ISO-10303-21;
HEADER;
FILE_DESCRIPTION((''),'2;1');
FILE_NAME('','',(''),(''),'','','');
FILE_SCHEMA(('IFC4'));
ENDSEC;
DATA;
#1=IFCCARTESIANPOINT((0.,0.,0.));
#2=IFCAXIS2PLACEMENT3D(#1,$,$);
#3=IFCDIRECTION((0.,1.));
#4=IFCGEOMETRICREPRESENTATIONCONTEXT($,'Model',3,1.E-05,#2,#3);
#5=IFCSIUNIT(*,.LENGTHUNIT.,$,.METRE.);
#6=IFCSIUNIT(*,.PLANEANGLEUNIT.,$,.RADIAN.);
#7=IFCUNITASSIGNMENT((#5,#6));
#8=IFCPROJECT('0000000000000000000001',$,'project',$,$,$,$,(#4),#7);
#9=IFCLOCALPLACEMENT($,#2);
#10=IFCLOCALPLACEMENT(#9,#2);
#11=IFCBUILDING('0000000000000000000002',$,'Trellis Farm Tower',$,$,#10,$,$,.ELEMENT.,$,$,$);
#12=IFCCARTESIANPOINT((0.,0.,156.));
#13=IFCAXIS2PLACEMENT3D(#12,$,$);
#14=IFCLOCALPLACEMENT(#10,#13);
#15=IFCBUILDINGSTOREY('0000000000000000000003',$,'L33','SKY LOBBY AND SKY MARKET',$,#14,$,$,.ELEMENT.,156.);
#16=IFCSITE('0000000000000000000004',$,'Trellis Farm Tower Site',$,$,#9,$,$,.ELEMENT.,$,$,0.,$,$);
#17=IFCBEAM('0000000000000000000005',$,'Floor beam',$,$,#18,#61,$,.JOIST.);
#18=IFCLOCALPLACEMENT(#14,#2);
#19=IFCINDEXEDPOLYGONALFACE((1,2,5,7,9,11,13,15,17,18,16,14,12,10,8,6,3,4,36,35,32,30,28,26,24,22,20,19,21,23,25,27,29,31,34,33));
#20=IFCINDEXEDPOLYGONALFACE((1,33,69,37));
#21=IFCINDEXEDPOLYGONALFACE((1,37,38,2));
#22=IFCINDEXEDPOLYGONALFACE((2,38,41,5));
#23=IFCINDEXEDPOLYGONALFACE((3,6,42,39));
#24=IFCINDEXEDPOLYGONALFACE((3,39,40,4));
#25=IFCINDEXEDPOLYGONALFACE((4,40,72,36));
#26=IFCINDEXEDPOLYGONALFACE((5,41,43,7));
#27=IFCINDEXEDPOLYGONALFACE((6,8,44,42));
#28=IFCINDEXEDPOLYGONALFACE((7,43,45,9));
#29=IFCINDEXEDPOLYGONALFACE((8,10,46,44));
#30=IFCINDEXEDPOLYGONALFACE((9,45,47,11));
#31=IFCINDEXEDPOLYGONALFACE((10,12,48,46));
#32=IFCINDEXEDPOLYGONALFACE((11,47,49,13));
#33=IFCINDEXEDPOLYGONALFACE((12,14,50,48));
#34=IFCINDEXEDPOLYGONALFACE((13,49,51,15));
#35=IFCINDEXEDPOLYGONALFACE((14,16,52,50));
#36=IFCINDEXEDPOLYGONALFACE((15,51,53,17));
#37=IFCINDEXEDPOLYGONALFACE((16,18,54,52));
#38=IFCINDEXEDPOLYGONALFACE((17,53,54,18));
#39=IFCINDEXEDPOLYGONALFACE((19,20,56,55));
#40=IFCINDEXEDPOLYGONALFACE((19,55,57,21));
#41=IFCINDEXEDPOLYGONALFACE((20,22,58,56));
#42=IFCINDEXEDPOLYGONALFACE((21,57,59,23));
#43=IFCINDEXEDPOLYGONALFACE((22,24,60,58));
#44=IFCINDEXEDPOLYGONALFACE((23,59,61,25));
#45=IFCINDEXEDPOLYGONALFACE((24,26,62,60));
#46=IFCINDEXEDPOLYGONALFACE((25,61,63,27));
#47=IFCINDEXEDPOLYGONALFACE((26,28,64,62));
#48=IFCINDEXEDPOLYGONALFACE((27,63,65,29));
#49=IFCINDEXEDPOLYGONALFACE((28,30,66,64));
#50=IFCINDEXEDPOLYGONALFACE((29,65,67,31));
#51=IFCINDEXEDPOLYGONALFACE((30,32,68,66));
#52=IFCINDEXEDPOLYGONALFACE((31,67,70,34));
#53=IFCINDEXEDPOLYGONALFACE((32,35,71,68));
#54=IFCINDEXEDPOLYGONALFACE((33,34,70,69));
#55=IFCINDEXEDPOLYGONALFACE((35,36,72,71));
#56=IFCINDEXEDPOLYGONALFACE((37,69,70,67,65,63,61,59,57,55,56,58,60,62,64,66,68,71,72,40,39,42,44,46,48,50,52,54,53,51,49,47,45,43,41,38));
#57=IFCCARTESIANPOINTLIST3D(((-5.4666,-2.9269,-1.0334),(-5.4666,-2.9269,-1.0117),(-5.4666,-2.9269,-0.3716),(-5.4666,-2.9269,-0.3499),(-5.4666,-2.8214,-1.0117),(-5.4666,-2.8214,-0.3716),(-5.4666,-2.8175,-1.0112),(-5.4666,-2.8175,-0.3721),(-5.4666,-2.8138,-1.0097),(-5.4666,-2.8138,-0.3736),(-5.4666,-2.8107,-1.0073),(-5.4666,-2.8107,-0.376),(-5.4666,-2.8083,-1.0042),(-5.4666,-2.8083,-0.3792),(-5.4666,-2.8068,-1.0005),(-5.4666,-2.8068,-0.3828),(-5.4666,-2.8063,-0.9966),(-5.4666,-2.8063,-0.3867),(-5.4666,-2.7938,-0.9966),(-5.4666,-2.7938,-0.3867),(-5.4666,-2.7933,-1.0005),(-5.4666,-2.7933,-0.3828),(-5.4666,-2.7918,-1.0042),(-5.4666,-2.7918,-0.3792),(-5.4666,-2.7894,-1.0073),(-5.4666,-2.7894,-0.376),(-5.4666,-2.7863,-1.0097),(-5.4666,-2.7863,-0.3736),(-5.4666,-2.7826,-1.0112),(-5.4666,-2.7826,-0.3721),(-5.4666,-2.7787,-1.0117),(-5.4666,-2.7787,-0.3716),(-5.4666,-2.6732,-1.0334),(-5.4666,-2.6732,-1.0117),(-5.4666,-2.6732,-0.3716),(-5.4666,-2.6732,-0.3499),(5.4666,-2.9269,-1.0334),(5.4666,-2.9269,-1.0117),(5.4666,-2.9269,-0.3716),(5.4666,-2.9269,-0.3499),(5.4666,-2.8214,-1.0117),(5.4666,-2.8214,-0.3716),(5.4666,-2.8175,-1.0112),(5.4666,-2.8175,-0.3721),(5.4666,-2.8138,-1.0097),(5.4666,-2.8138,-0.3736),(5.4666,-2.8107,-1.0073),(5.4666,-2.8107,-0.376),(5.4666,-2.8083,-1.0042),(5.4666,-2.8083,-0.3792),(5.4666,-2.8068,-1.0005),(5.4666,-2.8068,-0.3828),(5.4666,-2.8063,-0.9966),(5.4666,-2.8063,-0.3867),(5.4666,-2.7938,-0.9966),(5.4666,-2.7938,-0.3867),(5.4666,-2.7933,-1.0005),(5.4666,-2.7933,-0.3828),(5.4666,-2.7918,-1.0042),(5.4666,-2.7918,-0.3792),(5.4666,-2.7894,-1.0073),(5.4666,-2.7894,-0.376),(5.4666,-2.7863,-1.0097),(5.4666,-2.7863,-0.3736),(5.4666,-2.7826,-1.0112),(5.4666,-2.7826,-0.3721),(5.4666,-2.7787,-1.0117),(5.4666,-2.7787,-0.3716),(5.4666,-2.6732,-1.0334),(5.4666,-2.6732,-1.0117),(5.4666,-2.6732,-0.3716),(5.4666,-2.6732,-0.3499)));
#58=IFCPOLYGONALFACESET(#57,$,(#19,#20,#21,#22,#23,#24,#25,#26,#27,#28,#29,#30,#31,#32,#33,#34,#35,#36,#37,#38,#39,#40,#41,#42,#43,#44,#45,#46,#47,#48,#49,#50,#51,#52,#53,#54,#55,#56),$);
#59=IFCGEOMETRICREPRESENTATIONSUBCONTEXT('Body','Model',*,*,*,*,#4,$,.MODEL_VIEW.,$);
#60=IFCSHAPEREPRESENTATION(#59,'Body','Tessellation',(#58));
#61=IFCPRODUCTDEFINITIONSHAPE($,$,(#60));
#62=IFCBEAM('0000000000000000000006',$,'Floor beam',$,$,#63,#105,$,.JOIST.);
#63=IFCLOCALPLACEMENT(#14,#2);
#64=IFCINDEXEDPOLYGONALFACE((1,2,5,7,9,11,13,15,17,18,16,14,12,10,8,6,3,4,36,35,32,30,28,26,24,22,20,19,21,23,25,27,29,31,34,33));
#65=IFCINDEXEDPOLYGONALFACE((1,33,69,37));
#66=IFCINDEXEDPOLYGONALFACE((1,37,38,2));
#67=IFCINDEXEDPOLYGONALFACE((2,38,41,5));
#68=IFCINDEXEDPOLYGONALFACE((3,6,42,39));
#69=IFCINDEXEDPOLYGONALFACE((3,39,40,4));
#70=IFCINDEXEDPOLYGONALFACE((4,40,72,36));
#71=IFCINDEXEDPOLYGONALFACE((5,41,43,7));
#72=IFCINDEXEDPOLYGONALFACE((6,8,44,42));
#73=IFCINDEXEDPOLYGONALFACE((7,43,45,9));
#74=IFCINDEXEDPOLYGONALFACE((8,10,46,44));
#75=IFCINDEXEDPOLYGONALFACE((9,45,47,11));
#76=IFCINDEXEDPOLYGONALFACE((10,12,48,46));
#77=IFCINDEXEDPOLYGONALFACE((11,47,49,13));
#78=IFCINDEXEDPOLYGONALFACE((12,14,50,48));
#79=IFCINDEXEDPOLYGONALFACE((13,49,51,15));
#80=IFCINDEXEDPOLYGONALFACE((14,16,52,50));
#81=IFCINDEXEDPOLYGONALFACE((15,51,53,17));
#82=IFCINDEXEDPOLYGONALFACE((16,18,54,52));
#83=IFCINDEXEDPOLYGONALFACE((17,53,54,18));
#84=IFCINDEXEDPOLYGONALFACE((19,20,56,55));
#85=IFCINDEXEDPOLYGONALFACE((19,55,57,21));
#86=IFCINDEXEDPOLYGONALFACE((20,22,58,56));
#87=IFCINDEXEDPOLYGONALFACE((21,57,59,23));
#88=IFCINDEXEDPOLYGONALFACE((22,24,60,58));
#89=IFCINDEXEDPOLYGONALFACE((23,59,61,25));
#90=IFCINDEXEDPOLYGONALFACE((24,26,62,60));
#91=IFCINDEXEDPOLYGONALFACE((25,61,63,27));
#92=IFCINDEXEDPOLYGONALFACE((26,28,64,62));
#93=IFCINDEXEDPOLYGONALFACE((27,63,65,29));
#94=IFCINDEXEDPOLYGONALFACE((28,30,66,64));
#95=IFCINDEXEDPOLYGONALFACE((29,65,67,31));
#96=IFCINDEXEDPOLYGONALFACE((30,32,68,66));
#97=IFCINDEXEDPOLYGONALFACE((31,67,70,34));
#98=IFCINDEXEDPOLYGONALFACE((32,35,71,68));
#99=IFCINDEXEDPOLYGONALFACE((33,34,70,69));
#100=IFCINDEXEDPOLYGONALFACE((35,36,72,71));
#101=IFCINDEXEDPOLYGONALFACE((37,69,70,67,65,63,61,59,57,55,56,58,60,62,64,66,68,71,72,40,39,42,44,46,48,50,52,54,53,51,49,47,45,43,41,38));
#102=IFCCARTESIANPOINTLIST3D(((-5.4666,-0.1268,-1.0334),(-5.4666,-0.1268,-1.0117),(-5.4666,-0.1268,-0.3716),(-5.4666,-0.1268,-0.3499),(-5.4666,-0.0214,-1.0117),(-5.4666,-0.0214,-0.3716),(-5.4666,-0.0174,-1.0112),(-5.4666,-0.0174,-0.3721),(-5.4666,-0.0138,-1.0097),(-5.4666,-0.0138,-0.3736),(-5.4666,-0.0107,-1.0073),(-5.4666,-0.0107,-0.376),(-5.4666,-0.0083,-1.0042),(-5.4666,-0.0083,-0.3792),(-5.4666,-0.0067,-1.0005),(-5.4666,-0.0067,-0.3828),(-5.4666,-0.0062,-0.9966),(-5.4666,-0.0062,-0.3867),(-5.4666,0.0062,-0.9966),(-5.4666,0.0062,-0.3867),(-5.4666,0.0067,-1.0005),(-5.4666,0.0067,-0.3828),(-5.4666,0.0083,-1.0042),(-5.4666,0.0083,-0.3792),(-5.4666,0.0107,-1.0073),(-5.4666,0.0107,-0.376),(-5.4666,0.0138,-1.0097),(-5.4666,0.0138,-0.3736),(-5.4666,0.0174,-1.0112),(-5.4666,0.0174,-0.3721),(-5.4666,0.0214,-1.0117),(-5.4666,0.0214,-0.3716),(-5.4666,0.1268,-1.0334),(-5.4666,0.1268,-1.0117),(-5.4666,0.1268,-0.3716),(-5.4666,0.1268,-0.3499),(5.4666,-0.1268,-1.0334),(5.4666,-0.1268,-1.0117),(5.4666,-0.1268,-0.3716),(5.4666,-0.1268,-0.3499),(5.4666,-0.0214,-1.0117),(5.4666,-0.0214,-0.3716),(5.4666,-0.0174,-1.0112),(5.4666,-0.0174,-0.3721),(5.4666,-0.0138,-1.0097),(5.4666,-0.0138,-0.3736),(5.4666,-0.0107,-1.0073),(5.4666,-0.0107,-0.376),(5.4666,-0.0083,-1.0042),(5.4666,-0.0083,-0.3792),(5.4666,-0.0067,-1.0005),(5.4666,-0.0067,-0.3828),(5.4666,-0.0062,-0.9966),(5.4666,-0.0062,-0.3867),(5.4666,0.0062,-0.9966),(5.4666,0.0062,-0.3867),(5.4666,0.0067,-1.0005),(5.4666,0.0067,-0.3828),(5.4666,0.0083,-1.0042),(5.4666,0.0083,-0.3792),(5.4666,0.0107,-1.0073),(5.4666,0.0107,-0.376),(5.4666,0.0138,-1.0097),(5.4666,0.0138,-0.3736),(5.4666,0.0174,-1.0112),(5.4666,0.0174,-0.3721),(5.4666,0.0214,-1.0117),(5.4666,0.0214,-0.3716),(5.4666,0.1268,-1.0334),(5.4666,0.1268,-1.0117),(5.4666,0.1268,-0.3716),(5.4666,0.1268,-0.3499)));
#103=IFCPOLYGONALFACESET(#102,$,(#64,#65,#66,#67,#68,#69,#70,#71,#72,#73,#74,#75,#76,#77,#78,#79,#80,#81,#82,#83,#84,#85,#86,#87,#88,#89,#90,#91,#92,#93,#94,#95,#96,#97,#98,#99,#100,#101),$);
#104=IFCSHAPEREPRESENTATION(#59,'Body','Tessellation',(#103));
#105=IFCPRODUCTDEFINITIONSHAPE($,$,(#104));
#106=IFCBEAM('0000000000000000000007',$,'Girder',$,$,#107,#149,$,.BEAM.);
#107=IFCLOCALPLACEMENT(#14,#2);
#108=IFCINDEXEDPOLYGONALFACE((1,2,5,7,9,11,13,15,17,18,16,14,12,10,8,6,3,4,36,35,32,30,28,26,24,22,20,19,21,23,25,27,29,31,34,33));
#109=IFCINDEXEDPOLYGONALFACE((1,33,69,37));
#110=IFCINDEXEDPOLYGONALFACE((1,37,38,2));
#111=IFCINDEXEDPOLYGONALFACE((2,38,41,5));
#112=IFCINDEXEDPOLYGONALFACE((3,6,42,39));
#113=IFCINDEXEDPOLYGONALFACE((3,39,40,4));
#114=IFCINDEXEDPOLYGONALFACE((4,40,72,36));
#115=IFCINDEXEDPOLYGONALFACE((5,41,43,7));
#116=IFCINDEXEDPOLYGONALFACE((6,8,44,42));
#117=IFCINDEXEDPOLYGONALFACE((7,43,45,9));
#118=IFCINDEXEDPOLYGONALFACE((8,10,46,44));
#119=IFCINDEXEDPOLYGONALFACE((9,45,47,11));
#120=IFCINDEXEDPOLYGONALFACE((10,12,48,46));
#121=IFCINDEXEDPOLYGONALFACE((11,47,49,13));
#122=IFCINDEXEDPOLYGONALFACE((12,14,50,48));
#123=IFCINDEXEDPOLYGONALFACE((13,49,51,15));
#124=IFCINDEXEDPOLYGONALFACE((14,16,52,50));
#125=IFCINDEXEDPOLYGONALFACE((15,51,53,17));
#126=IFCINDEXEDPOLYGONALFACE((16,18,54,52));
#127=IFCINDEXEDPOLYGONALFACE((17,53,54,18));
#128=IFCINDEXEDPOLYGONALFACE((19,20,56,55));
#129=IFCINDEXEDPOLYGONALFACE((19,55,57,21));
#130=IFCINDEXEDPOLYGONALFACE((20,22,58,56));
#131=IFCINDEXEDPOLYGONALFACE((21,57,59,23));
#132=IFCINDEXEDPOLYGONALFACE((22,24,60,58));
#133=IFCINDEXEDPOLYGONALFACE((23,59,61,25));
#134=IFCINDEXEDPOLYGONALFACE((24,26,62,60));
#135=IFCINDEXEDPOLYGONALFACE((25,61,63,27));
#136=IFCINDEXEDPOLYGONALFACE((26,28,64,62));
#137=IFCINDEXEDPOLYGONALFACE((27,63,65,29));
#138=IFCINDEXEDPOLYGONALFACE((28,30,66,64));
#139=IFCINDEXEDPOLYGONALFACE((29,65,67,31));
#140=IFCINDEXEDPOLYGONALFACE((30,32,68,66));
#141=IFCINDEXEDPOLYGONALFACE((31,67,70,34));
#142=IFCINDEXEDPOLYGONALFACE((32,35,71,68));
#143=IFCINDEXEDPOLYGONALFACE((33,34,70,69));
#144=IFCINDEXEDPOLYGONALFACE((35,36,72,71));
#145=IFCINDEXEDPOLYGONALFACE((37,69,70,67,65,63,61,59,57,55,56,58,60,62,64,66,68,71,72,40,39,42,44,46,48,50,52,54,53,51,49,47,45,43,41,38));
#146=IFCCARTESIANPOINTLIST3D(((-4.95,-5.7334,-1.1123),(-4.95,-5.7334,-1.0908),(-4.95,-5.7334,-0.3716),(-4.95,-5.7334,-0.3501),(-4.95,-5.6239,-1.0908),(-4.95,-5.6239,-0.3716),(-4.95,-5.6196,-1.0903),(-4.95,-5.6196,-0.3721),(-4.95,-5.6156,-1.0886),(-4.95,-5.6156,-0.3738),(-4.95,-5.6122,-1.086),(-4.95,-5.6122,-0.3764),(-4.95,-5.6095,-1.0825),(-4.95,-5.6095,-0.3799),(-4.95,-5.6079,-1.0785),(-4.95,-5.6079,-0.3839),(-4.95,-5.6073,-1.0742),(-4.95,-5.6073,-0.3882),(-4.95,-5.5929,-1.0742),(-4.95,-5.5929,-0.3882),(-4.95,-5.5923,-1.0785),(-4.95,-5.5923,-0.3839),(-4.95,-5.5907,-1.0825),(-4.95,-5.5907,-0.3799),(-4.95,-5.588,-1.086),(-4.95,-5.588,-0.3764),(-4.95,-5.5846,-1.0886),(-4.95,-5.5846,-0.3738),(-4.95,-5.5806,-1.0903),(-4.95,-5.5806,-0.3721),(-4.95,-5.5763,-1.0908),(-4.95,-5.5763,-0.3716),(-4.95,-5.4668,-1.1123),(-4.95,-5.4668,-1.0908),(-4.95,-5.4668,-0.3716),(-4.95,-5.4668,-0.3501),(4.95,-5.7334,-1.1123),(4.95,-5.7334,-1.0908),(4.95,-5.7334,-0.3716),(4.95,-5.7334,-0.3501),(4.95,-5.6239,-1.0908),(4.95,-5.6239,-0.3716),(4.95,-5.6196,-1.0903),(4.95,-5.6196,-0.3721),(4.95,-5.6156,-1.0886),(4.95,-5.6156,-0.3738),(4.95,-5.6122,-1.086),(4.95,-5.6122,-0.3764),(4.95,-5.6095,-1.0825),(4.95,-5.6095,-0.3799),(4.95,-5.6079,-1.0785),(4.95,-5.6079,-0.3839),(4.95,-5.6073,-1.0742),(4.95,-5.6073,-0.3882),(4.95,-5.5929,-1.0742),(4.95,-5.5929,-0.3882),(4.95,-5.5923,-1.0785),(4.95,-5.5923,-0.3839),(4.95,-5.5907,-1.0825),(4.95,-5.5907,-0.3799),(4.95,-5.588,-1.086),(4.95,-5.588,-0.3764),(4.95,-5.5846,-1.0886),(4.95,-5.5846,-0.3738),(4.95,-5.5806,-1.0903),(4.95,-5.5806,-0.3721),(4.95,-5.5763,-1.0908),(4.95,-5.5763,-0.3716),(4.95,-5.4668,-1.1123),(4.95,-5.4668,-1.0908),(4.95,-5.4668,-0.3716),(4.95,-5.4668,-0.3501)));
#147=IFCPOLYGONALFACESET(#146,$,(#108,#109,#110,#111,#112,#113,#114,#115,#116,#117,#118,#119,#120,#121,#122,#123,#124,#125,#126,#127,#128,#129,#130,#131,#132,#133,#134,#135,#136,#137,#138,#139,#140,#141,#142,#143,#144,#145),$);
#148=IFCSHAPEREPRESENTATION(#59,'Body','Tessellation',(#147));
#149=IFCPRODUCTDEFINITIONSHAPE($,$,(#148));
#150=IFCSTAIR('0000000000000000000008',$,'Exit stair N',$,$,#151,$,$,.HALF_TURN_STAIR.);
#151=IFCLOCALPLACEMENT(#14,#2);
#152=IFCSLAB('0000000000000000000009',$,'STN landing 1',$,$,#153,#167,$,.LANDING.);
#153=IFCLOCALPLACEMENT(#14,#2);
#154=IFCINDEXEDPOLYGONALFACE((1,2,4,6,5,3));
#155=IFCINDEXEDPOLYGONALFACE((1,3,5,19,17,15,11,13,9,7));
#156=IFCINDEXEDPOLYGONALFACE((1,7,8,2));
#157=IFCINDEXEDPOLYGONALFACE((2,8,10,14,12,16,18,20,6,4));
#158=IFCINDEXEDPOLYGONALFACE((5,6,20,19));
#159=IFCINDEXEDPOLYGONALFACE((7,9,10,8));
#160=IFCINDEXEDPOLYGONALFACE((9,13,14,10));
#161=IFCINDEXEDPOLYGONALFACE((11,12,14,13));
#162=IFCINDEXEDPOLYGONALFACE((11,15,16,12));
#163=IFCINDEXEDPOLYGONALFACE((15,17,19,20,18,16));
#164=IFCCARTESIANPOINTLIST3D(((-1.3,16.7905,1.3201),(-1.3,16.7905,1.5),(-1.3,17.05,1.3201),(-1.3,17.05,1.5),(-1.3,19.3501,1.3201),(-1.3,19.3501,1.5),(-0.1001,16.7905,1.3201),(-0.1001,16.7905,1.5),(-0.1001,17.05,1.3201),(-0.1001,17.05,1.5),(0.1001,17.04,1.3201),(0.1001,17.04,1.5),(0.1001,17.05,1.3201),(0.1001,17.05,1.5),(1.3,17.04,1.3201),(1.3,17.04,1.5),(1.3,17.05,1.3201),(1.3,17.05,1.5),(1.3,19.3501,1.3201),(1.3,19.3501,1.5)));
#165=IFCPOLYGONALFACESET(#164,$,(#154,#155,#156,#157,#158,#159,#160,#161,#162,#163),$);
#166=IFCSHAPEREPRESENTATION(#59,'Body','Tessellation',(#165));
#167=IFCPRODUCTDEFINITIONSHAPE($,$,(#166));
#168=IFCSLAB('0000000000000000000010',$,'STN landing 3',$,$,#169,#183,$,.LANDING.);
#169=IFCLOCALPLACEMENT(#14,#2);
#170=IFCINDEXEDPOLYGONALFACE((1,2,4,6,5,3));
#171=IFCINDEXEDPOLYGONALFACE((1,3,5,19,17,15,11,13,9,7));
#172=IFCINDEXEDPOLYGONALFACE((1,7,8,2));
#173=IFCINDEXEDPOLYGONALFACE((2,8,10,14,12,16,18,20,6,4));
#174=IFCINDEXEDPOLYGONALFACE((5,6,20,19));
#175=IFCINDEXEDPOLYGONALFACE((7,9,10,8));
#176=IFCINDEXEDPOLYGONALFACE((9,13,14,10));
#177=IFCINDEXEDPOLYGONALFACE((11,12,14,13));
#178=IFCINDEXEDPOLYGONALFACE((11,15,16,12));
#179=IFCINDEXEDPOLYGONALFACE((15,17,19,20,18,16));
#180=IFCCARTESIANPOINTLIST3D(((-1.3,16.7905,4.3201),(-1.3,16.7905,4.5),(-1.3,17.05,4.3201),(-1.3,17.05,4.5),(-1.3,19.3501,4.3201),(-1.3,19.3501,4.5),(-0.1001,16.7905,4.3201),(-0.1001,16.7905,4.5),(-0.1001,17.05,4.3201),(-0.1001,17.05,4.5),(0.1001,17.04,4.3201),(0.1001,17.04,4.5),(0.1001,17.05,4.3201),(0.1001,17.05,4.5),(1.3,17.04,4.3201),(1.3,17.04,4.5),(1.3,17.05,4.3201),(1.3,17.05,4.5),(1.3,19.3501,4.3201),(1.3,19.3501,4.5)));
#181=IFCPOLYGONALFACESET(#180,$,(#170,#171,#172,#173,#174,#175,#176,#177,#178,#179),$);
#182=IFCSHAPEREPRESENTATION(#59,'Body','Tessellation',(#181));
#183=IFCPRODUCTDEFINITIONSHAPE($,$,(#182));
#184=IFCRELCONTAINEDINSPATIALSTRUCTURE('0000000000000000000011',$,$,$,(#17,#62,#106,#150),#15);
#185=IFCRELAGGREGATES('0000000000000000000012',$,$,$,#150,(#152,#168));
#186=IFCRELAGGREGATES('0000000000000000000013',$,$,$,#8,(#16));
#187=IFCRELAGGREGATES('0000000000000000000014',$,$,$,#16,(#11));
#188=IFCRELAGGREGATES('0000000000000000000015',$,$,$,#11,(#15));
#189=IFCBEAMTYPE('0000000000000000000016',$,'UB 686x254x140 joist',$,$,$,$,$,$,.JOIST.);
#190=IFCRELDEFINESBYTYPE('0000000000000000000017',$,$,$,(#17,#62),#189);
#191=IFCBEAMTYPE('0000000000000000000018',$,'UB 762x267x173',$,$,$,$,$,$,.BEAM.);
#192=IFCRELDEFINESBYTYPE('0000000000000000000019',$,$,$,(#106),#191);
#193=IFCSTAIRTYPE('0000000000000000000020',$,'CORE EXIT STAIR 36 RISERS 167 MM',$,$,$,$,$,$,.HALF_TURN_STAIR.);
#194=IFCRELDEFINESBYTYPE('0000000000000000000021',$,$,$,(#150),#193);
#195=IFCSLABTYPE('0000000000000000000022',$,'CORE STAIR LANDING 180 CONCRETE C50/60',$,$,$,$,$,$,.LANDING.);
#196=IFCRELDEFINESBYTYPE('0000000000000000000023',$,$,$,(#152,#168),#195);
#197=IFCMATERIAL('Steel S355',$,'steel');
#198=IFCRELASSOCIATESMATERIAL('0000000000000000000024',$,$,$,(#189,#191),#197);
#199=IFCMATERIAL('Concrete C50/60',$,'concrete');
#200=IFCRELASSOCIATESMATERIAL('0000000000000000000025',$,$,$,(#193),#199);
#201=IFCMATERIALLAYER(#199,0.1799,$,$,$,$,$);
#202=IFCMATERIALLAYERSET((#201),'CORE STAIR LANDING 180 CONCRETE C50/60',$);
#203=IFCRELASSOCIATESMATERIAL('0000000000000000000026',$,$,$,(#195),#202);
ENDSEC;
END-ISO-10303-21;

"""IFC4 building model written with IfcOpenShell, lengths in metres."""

from ifc_helpers import new_model, si_unit, direction, frame, origin, origin_2d, place, context, subcontext, project, spatial, polyline, i_section, outline, extrude, source, transform, mapped, material, layer, layer_set, material_profile, profile_set, type_object, element, aggregate, save


model = new_model("IFC4")

# Units and contexts
model_context = context("Model", 3, precision=1e-05, world=origin(), true_north=direction((0.0, 1.0)))
body_context = subcontext(model_context, "Body", "Model", "MODEL_VIEW")
ifc_project = project(units=[si_unit("LENGTHUNIT", "METRE"), si_unit("PLANEANGLEUNIT", "RADIAN")], contexts=[model_context])

# Site, building, storey
site_placement = place(None, origin())
site = spatial("IfcSite", under=ifc_project, at=site_placement, Name="Trellis Farm Tower Site", CompositionType="ELEMENT", RefElevation=0.0)
building_placement = place(site_placement, origin())
building = spatial("IfcBuilding", under=site, at=building_placement, Name="Trellis Farm Tower", CompositionType="ELEMENT")
storey_placement = place(building_placement, frame((0.0, 0.0, 156.0)))
storey = spatial("IfcBuildingStorey", under=building, at=storey_placement, Name="L33", Description="SKY LOBBY AND SKY MARKET", CompositionType="ELEMENT", Elevation=156.0)

# Beams
ifc_material_1 = material(Name="Steel S355", Category="steel")
ifc_material_profile_1 = material_profile(ifc_material_1, i_section(OverallWidth=0.2537, OverallDepth=0.6836, WebThickness=0.0125, FlangeThickness=0.0217, FilletRadius=0.0151, at=origin_2d()), Name="UB 686x254x140")
ifc_profile_set_1 = profile_set([ifc_material_profile_1], Name="Steel S355")
beam_type_1 = type_object("IfcBeamType", Name="UB 686x254x140 joist", PredefinedType="JOIST", material=ifc_profile_set_1)
shared_shape_1 = source(origin(), body_context, "Body", "SweptSolid", [
    extrude(i_section(OverallWidth=0.2537, OverallDepth=0.6836, WebThickness=0.0125, FlangeThickness=0.0217, FilletRadius=0.0151, at=origin_2d()), origin(), (0.0, 0.0, 1.0), 10.9331),
])
for number, where, z_axis, x_axis, name in (
    (1, (-5.4666, -2.8, -0.6917), (1.0, 0.0, 0.0), (0.0, 1.0, 0.0), "Floor beam"),
    (2, (-5.4666, 0.0, -0.6917), (1.0, 0.0, 0.0), (0.0, 1.0, 0.0), "Floor beam"),
):
    element("IfcBeam", number, at=place(storey_placement, frame(where, z_axis=z_axis, x_axis=x_axis)), inside=storey, type_object=beam_type_1, Name=name, PredefinedType="JOIST", context=body_context, shape_type="MappedRepresentation", body=[
        mapped(shared_shape_1, transform((0.0, 0.0, 0.0))),
    ])
ifc_material_profile_2 = material_profile(ifc_material_1, i_section(OverallWidth=0.2666, OverallDepth=0.7622, WebThickness=0.0144, FlangeThickness=0.0215, FilletRadius=0.0166, at=origin_2d()), Name="UB 762x267x173")
ifc_profile_set_2 = profile_set([ifc_material_profile_2], Name="Steel S355")
beam_type_2 = type_object("IfcBeamType", Name="UB 762x267x173", PredefinedType="BEAM", material=ifc_profile_set_2)
shared_shape_2 = source(origin(), body_context, "Body", "SweptSolid", [
    extrude(i_section(OverallWidth=0.2666, OverallDepth=0.7622, WebThickness=0.0144, FlangeThickness=0.0215, FilletRadius=0.0166, at=origin_2d()), origin(), (0.0, 0.0, 1.0), 9.8999),
])
beam_placement = place(storey_placement, frame((-4.95, -5.6001, -0.7312), z_axis=(1.0, 0.0, 0.0), x_axis=(0.0, 1.0, 0.0)))
element("IfcBeam", 3, at=beam_placement, inside=storey, type_object=beam_type_2, Name="Girder", PredefinedType="BEAM", context=body_context, shape_type="MappedRepresentation", body=[
    mapped(shared_shape_2, transform((0.0, 0.0, 0.0))),
])

# Stair, slabs
ifc_material_2 = material(Name="Concrete C50/60", Category="concrete")
stair_type = type_object("IfcStairType", Name="CORE EXIT STAIR 36 RISERS 167 MM", PredefinedType="HALF_TURN_STAIR", material=ifc_material_2)
placement_1 = place(storey_placement, origin())
stair_1 = element("IfcStair", 4, at=placement_1, inside=storey, type_object=stair_type, Name="Exit stair N", PredefinedType="HALF_TURN_STAIR")
ifc_layer_1 = layer(ifc_material_2, 0.1799)
ifc_layer_set_1 = layer_set([ifc_layer_1], Name="CORE STAIR LANDING 180 CONCRETE C50/60")
slab_type_1 = type_object("IfcSlabType", Name="CORE STAIR LANDING 180 CONCRETE C50/60", PredefinedType="LANDING", material=ifc_layer_set_1)
shared_shape_3 = source(origin(), body_context, "Body", "SweptSolid", [
    extrude(outline(polyline([(-0.1001, 16.7905), (-1.3, 16.7905), (-1.3, 17.05), (-1.3, 19.3501), (1.3, 19.3501), (1.3, 17.05), (1.3, 17.04), (0.1001, 17.04), (0.1001, 17.05), (-0.1001, 17.05), (-0.1001, 16.7905)])), origin(), (0.0, 0.0, 1.0), 0.1799),
])
placement_2 = place(storey_placement, frame((0.0, 0.0, 1.3201)))
slab_1 = element("IfcSlab", 5, at=placement_2, type_object=slab_type_1, Name="STN landing 1", PredefinedType="LANDING", context=body_context, shape_type="MappedRepresentation", body=[
    mapped(shared_shape_3, transform((0.0, 0.0, 0.0))),
])
placement_3 = place(storey_placement, frame((0.0, 0.0, 4.3201)))
slab_2 = element("IfcSlab", 6, at=placement_3, type_object=slab_type_1, Name="STN landing 3", PredefinedType="LANDING", context=body_context, shape_type="MappedRepresentation", body=[
    mapped(shared_shape_3, transform((0.0, 0.0, 0.0))),
])
aggregate(stair_1, [slab_1, slab_2])

save(model, "model.ifc")
